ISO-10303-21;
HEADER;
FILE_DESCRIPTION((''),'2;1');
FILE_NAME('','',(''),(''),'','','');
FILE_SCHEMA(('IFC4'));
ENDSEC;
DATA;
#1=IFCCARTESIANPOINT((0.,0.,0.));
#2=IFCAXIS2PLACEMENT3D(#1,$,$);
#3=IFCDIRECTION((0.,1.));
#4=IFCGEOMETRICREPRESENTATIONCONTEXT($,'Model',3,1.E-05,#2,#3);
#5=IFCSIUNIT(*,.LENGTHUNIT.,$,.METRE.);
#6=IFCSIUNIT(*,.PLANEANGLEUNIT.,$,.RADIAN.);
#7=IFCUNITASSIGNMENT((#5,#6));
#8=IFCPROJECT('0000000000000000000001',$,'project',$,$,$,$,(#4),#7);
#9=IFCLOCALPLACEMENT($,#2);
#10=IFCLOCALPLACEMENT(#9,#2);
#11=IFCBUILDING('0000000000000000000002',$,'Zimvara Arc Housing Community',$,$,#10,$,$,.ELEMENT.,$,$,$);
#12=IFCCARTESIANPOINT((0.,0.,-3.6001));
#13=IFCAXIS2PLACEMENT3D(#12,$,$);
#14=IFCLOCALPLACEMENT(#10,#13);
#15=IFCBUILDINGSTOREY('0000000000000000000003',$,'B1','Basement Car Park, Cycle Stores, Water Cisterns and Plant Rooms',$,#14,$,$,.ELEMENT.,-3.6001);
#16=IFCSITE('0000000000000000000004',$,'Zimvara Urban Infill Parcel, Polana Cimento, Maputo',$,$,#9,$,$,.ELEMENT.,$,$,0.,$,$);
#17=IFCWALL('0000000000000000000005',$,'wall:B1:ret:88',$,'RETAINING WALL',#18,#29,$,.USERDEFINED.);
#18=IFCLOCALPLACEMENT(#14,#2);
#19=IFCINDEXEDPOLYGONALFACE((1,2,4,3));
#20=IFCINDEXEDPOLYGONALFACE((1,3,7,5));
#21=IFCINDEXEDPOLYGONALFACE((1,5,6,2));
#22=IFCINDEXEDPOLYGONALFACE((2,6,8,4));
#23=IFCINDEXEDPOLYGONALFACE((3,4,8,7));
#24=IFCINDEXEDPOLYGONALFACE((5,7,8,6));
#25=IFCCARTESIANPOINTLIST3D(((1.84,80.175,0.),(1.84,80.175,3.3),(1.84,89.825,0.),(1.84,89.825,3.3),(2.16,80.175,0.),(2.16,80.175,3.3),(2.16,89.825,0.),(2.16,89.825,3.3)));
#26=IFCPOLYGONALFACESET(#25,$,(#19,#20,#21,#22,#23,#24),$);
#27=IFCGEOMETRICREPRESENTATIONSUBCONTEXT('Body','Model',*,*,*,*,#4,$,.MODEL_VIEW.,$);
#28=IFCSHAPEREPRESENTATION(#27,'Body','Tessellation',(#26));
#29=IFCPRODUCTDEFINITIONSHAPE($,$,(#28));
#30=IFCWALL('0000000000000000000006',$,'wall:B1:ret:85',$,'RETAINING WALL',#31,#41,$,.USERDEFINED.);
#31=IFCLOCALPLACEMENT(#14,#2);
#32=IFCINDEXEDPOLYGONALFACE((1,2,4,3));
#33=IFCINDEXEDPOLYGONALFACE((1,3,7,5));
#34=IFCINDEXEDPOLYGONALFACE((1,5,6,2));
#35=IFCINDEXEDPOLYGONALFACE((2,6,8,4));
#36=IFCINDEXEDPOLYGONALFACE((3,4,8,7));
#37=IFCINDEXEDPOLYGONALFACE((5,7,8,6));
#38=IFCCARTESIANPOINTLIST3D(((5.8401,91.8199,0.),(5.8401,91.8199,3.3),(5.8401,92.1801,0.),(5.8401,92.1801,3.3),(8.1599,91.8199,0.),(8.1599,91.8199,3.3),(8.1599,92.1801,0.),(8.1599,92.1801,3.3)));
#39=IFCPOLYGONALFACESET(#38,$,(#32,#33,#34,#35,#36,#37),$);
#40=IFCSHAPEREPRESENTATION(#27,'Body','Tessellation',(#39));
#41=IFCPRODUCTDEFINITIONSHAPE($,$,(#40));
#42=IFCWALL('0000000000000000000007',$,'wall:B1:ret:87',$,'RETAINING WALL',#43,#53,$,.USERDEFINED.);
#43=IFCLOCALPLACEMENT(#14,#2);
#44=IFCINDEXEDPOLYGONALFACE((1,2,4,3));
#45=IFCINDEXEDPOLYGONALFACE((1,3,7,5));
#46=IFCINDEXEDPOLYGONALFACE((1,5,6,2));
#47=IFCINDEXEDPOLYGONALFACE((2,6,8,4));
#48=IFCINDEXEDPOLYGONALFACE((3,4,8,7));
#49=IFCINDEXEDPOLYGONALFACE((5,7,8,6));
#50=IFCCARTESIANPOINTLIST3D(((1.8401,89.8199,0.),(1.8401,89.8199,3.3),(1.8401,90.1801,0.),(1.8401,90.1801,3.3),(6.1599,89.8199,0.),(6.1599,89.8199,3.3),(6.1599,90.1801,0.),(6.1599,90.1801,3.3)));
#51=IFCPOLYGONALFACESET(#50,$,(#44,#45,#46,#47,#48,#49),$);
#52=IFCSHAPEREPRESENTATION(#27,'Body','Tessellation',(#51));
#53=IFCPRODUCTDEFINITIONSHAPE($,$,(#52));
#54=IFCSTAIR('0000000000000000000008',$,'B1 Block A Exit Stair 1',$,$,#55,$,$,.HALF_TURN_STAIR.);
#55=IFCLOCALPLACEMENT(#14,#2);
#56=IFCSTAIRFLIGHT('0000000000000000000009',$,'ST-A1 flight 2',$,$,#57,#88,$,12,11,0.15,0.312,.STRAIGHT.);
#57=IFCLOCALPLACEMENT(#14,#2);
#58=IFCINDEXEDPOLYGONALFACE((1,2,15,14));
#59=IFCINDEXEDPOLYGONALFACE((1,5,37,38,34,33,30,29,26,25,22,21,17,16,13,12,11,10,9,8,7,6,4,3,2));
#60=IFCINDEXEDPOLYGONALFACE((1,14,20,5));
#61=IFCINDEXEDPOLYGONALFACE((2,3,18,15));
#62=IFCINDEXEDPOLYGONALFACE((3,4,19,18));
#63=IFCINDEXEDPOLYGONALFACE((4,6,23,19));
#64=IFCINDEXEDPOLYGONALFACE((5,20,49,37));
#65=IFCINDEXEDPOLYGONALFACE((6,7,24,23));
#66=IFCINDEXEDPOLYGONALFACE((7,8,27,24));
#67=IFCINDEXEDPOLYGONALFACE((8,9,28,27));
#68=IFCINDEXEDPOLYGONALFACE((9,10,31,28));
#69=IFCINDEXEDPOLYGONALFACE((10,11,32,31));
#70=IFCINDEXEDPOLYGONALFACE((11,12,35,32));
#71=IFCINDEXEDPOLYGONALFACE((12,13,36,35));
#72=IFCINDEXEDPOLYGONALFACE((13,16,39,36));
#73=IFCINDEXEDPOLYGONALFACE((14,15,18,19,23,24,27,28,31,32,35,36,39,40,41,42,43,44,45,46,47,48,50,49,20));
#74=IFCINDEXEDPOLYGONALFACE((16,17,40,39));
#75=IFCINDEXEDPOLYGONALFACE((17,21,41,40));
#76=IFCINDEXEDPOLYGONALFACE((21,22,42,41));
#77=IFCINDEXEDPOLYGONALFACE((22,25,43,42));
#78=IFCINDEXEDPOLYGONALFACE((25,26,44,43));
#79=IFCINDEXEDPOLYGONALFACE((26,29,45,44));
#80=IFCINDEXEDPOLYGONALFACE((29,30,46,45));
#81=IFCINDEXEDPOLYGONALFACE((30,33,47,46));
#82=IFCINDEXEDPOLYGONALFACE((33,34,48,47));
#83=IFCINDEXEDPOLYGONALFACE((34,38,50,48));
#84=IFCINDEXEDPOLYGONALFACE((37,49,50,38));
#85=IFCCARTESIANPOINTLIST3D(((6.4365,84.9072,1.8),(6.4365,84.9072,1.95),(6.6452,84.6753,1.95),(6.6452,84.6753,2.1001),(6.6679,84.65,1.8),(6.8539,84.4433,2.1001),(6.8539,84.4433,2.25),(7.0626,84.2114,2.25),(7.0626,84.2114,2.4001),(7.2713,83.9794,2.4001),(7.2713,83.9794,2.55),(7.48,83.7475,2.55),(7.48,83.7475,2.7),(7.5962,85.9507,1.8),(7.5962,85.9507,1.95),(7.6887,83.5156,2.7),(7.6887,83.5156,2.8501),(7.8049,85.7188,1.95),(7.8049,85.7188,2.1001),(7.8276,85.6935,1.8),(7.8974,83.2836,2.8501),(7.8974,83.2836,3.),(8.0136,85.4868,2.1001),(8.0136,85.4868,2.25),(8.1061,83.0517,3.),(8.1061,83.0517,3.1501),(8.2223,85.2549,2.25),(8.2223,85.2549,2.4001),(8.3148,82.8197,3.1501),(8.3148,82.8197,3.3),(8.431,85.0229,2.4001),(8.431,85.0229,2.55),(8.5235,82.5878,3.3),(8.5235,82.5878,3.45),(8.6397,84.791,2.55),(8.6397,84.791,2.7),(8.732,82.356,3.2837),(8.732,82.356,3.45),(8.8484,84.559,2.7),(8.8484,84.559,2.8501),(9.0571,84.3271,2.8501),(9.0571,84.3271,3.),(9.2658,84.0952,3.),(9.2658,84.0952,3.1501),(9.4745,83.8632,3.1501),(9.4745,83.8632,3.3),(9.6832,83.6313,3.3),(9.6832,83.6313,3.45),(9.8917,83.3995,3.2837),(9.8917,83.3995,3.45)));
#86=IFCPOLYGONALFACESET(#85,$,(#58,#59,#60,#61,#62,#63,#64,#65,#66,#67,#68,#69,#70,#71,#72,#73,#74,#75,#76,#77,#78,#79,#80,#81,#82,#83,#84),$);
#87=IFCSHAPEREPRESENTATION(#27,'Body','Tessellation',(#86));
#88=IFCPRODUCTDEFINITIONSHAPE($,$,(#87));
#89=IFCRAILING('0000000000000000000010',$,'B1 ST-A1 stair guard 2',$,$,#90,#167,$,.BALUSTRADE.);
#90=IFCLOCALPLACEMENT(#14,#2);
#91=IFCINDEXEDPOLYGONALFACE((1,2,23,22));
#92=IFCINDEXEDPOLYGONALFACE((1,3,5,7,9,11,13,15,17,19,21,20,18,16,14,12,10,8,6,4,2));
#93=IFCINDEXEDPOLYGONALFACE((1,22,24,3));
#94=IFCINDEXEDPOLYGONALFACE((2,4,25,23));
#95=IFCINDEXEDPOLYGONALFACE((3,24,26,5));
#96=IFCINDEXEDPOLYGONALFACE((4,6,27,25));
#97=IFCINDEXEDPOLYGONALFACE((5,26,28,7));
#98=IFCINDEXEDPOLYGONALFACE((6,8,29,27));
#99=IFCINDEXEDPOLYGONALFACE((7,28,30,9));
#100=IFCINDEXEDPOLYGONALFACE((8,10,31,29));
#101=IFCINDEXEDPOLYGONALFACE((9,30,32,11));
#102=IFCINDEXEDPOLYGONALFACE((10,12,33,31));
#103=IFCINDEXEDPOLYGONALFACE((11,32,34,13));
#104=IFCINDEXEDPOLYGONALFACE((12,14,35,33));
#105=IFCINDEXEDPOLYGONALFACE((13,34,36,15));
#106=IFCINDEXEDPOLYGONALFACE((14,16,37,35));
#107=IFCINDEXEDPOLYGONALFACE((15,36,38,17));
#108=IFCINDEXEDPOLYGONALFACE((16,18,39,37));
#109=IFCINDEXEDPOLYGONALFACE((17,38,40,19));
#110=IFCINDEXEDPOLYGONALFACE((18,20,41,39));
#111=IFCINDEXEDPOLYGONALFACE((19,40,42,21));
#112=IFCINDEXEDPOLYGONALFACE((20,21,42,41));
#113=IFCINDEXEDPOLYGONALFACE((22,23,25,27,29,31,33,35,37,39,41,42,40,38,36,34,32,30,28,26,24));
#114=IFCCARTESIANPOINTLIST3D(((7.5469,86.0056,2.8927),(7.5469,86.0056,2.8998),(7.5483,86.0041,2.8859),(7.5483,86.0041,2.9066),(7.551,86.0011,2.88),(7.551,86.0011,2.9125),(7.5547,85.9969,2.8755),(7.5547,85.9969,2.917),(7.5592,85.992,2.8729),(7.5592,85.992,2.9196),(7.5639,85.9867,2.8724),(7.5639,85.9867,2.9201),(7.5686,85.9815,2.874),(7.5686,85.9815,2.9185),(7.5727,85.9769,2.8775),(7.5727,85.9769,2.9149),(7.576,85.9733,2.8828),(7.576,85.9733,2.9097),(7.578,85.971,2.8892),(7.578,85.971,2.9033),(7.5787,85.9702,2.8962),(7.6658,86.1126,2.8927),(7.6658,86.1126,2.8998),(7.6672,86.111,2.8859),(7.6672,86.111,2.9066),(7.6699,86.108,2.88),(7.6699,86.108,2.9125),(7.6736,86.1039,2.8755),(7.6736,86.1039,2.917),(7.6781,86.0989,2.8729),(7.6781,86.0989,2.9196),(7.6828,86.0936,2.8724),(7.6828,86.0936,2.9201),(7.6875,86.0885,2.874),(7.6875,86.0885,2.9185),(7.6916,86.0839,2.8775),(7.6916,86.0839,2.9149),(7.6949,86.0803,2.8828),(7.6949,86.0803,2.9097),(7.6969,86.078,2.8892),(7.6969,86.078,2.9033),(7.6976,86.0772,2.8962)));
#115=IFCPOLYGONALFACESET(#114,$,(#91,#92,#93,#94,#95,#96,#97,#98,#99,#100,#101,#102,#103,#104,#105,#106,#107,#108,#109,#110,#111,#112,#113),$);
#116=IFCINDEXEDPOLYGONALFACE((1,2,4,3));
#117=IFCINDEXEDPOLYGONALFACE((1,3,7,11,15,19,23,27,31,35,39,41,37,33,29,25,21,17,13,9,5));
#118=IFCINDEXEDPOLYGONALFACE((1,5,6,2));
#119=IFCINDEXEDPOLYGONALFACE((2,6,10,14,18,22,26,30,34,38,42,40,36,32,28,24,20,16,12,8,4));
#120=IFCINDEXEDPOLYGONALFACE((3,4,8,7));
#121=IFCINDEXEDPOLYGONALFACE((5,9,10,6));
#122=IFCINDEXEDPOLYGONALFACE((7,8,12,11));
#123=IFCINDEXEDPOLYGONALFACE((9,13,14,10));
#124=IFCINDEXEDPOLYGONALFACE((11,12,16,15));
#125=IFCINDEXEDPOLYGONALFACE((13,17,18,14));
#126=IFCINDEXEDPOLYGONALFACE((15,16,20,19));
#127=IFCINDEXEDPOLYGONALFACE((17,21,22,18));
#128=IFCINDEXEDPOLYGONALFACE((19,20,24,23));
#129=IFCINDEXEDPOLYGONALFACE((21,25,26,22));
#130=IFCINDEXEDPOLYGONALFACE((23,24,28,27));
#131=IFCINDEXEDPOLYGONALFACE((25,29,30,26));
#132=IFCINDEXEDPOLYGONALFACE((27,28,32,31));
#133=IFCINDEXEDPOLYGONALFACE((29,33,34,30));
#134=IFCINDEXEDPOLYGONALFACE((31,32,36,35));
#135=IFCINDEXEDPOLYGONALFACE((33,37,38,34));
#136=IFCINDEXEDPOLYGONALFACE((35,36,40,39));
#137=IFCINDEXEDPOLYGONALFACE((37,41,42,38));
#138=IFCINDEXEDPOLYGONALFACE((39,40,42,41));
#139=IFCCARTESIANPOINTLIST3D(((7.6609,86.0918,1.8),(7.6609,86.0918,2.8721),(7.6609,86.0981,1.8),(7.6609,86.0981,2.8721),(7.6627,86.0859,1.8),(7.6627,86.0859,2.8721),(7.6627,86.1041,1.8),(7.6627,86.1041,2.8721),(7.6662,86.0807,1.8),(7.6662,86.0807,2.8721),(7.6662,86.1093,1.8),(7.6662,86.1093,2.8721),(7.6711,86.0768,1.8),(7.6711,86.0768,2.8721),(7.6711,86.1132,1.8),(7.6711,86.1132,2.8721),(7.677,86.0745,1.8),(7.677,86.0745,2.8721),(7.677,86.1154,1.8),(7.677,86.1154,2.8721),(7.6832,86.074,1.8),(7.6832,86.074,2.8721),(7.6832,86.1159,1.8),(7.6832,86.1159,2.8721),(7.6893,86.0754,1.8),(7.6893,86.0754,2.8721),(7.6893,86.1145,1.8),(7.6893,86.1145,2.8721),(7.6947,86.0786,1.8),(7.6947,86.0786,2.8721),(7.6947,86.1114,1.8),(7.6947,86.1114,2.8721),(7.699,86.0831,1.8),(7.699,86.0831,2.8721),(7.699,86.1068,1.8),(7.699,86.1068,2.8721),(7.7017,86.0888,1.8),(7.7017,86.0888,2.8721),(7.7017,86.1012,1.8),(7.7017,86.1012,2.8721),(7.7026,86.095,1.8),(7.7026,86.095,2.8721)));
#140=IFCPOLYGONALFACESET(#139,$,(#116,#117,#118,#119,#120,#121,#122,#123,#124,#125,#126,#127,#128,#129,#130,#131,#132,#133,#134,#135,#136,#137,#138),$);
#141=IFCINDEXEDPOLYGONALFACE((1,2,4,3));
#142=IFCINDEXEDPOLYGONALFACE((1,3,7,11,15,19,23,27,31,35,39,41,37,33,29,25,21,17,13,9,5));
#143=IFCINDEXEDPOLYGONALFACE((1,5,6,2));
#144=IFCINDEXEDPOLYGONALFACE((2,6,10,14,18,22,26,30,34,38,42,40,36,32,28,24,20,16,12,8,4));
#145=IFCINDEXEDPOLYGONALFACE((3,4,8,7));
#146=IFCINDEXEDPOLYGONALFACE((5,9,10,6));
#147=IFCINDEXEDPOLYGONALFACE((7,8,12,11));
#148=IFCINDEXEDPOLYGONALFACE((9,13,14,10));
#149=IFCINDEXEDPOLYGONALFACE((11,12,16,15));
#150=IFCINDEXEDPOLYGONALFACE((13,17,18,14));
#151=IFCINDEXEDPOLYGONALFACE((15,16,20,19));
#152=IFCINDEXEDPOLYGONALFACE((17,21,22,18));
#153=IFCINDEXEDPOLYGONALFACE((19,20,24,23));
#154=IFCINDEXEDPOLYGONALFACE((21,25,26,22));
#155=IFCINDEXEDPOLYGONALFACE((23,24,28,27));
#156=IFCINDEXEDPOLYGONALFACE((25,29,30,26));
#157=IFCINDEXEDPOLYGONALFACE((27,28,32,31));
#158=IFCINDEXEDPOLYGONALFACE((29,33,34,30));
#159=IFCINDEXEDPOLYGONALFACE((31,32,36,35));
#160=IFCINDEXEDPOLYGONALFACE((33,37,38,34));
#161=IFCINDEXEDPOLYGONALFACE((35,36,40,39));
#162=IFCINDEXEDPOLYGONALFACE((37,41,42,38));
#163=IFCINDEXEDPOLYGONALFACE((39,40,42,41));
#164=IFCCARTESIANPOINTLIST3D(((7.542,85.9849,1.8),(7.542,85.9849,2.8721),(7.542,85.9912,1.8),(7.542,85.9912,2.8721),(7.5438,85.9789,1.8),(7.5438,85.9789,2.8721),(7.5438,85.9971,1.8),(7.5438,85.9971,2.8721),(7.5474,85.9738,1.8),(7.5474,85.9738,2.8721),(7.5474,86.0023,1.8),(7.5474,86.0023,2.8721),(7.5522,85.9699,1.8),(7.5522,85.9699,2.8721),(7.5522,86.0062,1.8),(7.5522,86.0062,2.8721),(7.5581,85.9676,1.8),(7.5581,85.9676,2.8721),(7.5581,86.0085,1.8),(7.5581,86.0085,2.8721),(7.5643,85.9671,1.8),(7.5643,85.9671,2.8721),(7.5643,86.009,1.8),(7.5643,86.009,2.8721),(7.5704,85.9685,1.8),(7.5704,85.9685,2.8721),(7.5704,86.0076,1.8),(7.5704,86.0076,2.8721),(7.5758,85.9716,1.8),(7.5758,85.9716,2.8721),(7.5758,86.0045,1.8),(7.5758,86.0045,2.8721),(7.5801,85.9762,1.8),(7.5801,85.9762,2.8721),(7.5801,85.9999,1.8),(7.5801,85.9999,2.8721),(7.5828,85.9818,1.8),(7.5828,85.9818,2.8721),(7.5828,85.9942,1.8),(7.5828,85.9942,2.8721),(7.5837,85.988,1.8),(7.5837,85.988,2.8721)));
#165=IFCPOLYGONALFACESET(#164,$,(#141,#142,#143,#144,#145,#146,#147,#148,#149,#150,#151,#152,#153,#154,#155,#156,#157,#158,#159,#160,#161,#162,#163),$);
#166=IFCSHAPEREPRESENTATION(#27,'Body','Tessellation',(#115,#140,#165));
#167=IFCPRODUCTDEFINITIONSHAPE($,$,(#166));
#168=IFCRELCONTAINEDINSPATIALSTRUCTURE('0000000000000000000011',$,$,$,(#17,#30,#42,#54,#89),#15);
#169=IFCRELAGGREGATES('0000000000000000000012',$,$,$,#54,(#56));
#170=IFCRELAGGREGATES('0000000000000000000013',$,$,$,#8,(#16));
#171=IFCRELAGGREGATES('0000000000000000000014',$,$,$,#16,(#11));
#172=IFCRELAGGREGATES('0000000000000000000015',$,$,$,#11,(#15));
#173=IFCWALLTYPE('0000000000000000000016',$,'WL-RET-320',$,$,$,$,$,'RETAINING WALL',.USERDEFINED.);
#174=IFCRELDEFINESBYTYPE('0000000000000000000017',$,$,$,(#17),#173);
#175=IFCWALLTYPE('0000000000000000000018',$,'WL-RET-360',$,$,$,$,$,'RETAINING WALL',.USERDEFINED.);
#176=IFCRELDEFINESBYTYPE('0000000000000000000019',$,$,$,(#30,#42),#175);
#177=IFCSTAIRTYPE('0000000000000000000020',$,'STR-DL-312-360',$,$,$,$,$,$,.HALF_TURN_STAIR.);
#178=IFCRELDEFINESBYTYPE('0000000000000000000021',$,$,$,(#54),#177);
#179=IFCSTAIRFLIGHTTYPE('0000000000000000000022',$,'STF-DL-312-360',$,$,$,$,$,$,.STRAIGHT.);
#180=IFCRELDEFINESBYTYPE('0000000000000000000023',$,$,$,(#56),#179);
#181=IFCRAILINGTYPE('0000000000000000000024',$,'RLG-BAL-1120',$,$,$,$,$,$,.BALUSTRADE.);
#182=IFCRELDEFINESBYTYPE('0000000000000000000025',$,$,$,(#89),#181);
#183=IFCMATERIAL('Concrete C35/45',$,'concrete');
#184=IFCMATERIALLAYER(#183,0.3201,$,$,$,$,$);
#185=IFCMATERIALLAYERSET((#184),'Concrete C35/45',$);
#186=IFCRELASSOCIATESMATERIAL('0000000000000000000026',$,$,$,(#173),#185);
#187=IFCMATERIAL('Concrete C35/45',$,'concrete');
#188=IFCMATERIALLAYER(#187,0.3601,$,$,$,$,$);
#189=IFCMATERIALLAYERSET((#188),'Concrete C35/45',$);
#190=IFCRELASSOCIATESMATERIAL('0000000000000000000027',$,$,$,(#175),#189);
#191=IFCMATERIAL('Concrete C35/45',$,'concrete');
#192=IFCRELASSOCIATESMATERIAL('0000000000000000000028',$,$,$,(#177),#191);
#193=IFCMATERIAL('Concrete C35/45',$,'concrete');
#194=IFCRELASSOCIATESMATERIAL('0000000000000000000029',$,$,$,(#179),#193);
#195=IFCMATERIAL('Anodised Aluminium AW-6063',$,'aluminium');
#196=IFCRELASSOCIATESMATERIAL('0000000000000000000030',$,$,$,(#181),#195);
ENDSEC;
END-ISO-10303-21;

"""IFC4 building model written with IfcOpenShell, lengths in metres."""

from ifc_helpers import new_model, si_unit, direction, frame, frame_2d, origin, origin_2d, place, context, subcontext, project, spatial, polyline, rectangle, circle, outline, extrude, material, layer, layer_set, type_object, element, aggregate, save


model = new_model("IFC4")

# Units and contexts
model_context = context("Model", 3, precision=1e-05, world=origin(), true_north=direction((0.0, 1.0)))
body_context = subcontext(model_context, "Body", "Model", "MODEL_VIEW")
ifc_project = project(units=[si_unit("LENGTHUNIT", "METRE"), si_unit("PLANEANGLEUNIT", "RADIAN")], contexts=[model_context])

# Site, building, storey
site_placement = place(None, origin())
site = spatial("IfcSite", under=ifc_project, at=site_placement, Name="Zimvara Urban Infill Parcel, Polana Cimento, Maputo", CompositionType="ELEMENT", RefElevation=0.0)
building_placement = place(site_placement, origin())
building = spatial("IfcBuilding", under=site, at=building_placement, Name="Zimvara Arc Housing Community", CompositionType="ELEMENT")
storey_placement = place(building_placement, frame((0.0, 0.0, -3.6001)))
storey = spatial("IfcBuildingStorey", under=building, at=storey_placement, Name="B1", Description="Basement Car Park, Cycle Stores, Water Cisterns and Plant Rooms", CompositionType="ELEMENT", Elevation=-3.6001)

# Walls
ifc_material_1 = material(Name="Concrete C35/45", Category="concrete")
ifc_layer_1 = layer(ifc_material_1, 0.3201)
ifc_layer_set_1 = layer_set([ifc_layer_1], Name="Concrete C35/45")
wall_type_1 = type_object("IfcWallType", Name="WL-RET-320", ElementType="RETAINING WALL", PredefinedType="USERDEFINED", material=ifc_layer_set_1)
wall_1_placement = place(storey_placement, frame((2.0, 89.825, 0.0), z_axis=(0.0, 0.0, 1.0), x_axis=(0.0, -1.0, 0.0)))
element("IfcWall", 1, at=wall_1_placement, inside=storey, type_object=wall_type_1, Name="wall:B1:ret:88", ObjectType="RETAINING WALL", PredefinedType="USERDEFINED", context=body_context, shape_type="SweptSolid", body=[
    extrude(rectangle(XDim=9.6499, YDim=0.3201, at=frame_2d((4.825, 0.0))), origin(), (0.0, 0.0, 1.0), 3.3),
])
ifc_material_2 = material(Name="Concrete C35/45", Category="concrete")
ifc_layer_2 = layer(ifc_material_2, 0.3601)
ifc_layer_set_2 = layer_set([ifc_layer_2], Name="Concrete C35/45")
wall_type_2 = type_object("IfcWallType", Name="WL-RET-360", ElementType="RETAINING WALL", PredefinedType="USERDEFINED", material=ifc_layer_set_2)
wall_2_placement = place(storey_placement, frame((8.1599, 92.0, 0.0), z_axis=(0.0, 0.0, 1.0), x_axis=(-1.0, 0.0, 0.0)))
element("IfcWall", 2, at=wall_2_placement, inside=storey, type_object=wall_type_2, Name="wall:B1:ret:85", ObjectType="RETAINING WALL", PredefinedType="USERDEFINED", context=body_context, shape_type="SweptSolid", body=[
    extrude(rectangle(XDim=2.3198, YDim=0.3601, at=frame_2d((1.1599, 0.0))), origin(), (0.0, 0.0, 1.0), 3.3),
])
wall_3_placement = place(storey_placement, frame((6.1599, 90.0, 0.0), z_axis=(0.0, 0.0, 1.0), x_axis=(-1.0, 0.0, 0.0)))
element("IfcWall", 3, at=wall_3_placement, inside=storey, type_object=wall_type_2, Name="wall:B1:ret:87", ObjectType="RETAINING WALL", PredefinedType="USERDEFINED", context=body_context, shape_type="SweptSolid", body=[
    extrude(rectangle(XDim=4.3198, YDim=0.3601, at=frame_2d((2.1599, 0.0))), origin(), (0.0, 0.0, 1.0), 3.3),
])

# Stair, stair flight
ifc_material_3 = material(Name="Concrete C35/45", Category="concrete")
stair_type = type_object("IfcStairType", Name="STR-DL-312-360", PredefinedType="HALF_TURN_STAIR", material=ifc_material_3)
stair_placement = place(storey_placement, origin())
stair = element("IfcStair", 4, at=stair_placement, inside=storey, type_object=stair_type, Name="B1 Block A Exit Stair 1", PredefinedType="HALF_TURN_STAIR")
ifc_material_4 = material(Name="Concrete C35/45", Category="concrete")
stair_flight_type = type_object("IfcStairFlightType", Name="STF-DL-312-360", PredefinedType="STRAIGHT", material=ifc_material_4)
stair_flight_placement = place(storey_placement, frame((7.0164, 85.429, 1.8), z_axis=(0.0, 0.0, 1.0), x_axis=(0.668871, -0.743378, 0.0)))
stair_flight = element("IfcStairFlight", 5, at=stair_flight_placement, type_object=stair_flight_type, Name="ST-A1 flight 2", NumberOfRisers=12, NumberOfTreads=11, PredefinedType="STRAIGHT", RiserHeight=0.15, TreadLength=0.312, context=body_context, shape_type="SweptSolid", body=[
    extrude(outline(polyline([(0.0, 0.0), (0.0, 0.1499), (0.312, 0.1499), (0.312, 0.3), (0.624, 0.3), (0.624, 0.45), (0.936, 0.45), (0.936, 0.6001), (1.248, 0.6001), (1.248, 0.75), (1.5601, 0.75), (1.5601, 0.8999), (1.8721, 0.8999), (1.8721, 1.05), (2.1841, 1.05), (2.1841, 1.2), (2.4961, 1.2), (2.4961, 1.3501), (2.8081, 1.3501), (2.8081, 1.5), (3.1201, 1.5), (3.1201, 1.6499), (3.4319, 1.6499), (3.4319, 1.8), (3.4319, 1.4836), (0.3459, 0.0), (0.0, 0.0)])), frame((0.0, 0.78, 0.0), z_axis=(0.0, -1.0, 0.0), x_axis=(1.0, 0.0, 0.0)), (0.0, 0.0, 1.0), 1.5601),
])
aggregate(stair, [stair_flight])

# Railing
ifc_material_5 = material(Name="Anodised Aluminium AW-6063", Category="aluminium")
railing_type_1 = type_object("IfcRailingType", Name="RLG-BAL-1120", PredefinedType="BALUSTRADE", material=ifc_material_5)
railing_1_placement = place(storey_placement, frame((7.6816, 86.095, 1.8)))
element("IfcRailing", 6, at=railing_1_placement, inside=storey, type_object=railing_type_1, Name="B1 ST-A1 stair guard 2", PredefinedType="BALUSTRADE", context=body_context, shape_type="SweptSolid", body=[
    extrude(circle(Radius=0.0239, at=origin_2d()), frame((0.0, 0.0, 1.0962), z_axis=(-0.743522, -0.668712, 0.0), x_axis=(0.668712, -0.743522, 0.0)), (0.0, 0.0, 1.0), 0.1599),
    extrude(circle(Radius=0.021, at=origin_2d()), origin(), (0.0, 0.0, 1.0), 1.072),
    extrude(circle(Radius=0.021, at=origin_2d()), frame((-0.1189, -0.1069, 0.0)), (0.0, 0.0, 1.0), 1.072),
])

save(model, "model.ifc")
